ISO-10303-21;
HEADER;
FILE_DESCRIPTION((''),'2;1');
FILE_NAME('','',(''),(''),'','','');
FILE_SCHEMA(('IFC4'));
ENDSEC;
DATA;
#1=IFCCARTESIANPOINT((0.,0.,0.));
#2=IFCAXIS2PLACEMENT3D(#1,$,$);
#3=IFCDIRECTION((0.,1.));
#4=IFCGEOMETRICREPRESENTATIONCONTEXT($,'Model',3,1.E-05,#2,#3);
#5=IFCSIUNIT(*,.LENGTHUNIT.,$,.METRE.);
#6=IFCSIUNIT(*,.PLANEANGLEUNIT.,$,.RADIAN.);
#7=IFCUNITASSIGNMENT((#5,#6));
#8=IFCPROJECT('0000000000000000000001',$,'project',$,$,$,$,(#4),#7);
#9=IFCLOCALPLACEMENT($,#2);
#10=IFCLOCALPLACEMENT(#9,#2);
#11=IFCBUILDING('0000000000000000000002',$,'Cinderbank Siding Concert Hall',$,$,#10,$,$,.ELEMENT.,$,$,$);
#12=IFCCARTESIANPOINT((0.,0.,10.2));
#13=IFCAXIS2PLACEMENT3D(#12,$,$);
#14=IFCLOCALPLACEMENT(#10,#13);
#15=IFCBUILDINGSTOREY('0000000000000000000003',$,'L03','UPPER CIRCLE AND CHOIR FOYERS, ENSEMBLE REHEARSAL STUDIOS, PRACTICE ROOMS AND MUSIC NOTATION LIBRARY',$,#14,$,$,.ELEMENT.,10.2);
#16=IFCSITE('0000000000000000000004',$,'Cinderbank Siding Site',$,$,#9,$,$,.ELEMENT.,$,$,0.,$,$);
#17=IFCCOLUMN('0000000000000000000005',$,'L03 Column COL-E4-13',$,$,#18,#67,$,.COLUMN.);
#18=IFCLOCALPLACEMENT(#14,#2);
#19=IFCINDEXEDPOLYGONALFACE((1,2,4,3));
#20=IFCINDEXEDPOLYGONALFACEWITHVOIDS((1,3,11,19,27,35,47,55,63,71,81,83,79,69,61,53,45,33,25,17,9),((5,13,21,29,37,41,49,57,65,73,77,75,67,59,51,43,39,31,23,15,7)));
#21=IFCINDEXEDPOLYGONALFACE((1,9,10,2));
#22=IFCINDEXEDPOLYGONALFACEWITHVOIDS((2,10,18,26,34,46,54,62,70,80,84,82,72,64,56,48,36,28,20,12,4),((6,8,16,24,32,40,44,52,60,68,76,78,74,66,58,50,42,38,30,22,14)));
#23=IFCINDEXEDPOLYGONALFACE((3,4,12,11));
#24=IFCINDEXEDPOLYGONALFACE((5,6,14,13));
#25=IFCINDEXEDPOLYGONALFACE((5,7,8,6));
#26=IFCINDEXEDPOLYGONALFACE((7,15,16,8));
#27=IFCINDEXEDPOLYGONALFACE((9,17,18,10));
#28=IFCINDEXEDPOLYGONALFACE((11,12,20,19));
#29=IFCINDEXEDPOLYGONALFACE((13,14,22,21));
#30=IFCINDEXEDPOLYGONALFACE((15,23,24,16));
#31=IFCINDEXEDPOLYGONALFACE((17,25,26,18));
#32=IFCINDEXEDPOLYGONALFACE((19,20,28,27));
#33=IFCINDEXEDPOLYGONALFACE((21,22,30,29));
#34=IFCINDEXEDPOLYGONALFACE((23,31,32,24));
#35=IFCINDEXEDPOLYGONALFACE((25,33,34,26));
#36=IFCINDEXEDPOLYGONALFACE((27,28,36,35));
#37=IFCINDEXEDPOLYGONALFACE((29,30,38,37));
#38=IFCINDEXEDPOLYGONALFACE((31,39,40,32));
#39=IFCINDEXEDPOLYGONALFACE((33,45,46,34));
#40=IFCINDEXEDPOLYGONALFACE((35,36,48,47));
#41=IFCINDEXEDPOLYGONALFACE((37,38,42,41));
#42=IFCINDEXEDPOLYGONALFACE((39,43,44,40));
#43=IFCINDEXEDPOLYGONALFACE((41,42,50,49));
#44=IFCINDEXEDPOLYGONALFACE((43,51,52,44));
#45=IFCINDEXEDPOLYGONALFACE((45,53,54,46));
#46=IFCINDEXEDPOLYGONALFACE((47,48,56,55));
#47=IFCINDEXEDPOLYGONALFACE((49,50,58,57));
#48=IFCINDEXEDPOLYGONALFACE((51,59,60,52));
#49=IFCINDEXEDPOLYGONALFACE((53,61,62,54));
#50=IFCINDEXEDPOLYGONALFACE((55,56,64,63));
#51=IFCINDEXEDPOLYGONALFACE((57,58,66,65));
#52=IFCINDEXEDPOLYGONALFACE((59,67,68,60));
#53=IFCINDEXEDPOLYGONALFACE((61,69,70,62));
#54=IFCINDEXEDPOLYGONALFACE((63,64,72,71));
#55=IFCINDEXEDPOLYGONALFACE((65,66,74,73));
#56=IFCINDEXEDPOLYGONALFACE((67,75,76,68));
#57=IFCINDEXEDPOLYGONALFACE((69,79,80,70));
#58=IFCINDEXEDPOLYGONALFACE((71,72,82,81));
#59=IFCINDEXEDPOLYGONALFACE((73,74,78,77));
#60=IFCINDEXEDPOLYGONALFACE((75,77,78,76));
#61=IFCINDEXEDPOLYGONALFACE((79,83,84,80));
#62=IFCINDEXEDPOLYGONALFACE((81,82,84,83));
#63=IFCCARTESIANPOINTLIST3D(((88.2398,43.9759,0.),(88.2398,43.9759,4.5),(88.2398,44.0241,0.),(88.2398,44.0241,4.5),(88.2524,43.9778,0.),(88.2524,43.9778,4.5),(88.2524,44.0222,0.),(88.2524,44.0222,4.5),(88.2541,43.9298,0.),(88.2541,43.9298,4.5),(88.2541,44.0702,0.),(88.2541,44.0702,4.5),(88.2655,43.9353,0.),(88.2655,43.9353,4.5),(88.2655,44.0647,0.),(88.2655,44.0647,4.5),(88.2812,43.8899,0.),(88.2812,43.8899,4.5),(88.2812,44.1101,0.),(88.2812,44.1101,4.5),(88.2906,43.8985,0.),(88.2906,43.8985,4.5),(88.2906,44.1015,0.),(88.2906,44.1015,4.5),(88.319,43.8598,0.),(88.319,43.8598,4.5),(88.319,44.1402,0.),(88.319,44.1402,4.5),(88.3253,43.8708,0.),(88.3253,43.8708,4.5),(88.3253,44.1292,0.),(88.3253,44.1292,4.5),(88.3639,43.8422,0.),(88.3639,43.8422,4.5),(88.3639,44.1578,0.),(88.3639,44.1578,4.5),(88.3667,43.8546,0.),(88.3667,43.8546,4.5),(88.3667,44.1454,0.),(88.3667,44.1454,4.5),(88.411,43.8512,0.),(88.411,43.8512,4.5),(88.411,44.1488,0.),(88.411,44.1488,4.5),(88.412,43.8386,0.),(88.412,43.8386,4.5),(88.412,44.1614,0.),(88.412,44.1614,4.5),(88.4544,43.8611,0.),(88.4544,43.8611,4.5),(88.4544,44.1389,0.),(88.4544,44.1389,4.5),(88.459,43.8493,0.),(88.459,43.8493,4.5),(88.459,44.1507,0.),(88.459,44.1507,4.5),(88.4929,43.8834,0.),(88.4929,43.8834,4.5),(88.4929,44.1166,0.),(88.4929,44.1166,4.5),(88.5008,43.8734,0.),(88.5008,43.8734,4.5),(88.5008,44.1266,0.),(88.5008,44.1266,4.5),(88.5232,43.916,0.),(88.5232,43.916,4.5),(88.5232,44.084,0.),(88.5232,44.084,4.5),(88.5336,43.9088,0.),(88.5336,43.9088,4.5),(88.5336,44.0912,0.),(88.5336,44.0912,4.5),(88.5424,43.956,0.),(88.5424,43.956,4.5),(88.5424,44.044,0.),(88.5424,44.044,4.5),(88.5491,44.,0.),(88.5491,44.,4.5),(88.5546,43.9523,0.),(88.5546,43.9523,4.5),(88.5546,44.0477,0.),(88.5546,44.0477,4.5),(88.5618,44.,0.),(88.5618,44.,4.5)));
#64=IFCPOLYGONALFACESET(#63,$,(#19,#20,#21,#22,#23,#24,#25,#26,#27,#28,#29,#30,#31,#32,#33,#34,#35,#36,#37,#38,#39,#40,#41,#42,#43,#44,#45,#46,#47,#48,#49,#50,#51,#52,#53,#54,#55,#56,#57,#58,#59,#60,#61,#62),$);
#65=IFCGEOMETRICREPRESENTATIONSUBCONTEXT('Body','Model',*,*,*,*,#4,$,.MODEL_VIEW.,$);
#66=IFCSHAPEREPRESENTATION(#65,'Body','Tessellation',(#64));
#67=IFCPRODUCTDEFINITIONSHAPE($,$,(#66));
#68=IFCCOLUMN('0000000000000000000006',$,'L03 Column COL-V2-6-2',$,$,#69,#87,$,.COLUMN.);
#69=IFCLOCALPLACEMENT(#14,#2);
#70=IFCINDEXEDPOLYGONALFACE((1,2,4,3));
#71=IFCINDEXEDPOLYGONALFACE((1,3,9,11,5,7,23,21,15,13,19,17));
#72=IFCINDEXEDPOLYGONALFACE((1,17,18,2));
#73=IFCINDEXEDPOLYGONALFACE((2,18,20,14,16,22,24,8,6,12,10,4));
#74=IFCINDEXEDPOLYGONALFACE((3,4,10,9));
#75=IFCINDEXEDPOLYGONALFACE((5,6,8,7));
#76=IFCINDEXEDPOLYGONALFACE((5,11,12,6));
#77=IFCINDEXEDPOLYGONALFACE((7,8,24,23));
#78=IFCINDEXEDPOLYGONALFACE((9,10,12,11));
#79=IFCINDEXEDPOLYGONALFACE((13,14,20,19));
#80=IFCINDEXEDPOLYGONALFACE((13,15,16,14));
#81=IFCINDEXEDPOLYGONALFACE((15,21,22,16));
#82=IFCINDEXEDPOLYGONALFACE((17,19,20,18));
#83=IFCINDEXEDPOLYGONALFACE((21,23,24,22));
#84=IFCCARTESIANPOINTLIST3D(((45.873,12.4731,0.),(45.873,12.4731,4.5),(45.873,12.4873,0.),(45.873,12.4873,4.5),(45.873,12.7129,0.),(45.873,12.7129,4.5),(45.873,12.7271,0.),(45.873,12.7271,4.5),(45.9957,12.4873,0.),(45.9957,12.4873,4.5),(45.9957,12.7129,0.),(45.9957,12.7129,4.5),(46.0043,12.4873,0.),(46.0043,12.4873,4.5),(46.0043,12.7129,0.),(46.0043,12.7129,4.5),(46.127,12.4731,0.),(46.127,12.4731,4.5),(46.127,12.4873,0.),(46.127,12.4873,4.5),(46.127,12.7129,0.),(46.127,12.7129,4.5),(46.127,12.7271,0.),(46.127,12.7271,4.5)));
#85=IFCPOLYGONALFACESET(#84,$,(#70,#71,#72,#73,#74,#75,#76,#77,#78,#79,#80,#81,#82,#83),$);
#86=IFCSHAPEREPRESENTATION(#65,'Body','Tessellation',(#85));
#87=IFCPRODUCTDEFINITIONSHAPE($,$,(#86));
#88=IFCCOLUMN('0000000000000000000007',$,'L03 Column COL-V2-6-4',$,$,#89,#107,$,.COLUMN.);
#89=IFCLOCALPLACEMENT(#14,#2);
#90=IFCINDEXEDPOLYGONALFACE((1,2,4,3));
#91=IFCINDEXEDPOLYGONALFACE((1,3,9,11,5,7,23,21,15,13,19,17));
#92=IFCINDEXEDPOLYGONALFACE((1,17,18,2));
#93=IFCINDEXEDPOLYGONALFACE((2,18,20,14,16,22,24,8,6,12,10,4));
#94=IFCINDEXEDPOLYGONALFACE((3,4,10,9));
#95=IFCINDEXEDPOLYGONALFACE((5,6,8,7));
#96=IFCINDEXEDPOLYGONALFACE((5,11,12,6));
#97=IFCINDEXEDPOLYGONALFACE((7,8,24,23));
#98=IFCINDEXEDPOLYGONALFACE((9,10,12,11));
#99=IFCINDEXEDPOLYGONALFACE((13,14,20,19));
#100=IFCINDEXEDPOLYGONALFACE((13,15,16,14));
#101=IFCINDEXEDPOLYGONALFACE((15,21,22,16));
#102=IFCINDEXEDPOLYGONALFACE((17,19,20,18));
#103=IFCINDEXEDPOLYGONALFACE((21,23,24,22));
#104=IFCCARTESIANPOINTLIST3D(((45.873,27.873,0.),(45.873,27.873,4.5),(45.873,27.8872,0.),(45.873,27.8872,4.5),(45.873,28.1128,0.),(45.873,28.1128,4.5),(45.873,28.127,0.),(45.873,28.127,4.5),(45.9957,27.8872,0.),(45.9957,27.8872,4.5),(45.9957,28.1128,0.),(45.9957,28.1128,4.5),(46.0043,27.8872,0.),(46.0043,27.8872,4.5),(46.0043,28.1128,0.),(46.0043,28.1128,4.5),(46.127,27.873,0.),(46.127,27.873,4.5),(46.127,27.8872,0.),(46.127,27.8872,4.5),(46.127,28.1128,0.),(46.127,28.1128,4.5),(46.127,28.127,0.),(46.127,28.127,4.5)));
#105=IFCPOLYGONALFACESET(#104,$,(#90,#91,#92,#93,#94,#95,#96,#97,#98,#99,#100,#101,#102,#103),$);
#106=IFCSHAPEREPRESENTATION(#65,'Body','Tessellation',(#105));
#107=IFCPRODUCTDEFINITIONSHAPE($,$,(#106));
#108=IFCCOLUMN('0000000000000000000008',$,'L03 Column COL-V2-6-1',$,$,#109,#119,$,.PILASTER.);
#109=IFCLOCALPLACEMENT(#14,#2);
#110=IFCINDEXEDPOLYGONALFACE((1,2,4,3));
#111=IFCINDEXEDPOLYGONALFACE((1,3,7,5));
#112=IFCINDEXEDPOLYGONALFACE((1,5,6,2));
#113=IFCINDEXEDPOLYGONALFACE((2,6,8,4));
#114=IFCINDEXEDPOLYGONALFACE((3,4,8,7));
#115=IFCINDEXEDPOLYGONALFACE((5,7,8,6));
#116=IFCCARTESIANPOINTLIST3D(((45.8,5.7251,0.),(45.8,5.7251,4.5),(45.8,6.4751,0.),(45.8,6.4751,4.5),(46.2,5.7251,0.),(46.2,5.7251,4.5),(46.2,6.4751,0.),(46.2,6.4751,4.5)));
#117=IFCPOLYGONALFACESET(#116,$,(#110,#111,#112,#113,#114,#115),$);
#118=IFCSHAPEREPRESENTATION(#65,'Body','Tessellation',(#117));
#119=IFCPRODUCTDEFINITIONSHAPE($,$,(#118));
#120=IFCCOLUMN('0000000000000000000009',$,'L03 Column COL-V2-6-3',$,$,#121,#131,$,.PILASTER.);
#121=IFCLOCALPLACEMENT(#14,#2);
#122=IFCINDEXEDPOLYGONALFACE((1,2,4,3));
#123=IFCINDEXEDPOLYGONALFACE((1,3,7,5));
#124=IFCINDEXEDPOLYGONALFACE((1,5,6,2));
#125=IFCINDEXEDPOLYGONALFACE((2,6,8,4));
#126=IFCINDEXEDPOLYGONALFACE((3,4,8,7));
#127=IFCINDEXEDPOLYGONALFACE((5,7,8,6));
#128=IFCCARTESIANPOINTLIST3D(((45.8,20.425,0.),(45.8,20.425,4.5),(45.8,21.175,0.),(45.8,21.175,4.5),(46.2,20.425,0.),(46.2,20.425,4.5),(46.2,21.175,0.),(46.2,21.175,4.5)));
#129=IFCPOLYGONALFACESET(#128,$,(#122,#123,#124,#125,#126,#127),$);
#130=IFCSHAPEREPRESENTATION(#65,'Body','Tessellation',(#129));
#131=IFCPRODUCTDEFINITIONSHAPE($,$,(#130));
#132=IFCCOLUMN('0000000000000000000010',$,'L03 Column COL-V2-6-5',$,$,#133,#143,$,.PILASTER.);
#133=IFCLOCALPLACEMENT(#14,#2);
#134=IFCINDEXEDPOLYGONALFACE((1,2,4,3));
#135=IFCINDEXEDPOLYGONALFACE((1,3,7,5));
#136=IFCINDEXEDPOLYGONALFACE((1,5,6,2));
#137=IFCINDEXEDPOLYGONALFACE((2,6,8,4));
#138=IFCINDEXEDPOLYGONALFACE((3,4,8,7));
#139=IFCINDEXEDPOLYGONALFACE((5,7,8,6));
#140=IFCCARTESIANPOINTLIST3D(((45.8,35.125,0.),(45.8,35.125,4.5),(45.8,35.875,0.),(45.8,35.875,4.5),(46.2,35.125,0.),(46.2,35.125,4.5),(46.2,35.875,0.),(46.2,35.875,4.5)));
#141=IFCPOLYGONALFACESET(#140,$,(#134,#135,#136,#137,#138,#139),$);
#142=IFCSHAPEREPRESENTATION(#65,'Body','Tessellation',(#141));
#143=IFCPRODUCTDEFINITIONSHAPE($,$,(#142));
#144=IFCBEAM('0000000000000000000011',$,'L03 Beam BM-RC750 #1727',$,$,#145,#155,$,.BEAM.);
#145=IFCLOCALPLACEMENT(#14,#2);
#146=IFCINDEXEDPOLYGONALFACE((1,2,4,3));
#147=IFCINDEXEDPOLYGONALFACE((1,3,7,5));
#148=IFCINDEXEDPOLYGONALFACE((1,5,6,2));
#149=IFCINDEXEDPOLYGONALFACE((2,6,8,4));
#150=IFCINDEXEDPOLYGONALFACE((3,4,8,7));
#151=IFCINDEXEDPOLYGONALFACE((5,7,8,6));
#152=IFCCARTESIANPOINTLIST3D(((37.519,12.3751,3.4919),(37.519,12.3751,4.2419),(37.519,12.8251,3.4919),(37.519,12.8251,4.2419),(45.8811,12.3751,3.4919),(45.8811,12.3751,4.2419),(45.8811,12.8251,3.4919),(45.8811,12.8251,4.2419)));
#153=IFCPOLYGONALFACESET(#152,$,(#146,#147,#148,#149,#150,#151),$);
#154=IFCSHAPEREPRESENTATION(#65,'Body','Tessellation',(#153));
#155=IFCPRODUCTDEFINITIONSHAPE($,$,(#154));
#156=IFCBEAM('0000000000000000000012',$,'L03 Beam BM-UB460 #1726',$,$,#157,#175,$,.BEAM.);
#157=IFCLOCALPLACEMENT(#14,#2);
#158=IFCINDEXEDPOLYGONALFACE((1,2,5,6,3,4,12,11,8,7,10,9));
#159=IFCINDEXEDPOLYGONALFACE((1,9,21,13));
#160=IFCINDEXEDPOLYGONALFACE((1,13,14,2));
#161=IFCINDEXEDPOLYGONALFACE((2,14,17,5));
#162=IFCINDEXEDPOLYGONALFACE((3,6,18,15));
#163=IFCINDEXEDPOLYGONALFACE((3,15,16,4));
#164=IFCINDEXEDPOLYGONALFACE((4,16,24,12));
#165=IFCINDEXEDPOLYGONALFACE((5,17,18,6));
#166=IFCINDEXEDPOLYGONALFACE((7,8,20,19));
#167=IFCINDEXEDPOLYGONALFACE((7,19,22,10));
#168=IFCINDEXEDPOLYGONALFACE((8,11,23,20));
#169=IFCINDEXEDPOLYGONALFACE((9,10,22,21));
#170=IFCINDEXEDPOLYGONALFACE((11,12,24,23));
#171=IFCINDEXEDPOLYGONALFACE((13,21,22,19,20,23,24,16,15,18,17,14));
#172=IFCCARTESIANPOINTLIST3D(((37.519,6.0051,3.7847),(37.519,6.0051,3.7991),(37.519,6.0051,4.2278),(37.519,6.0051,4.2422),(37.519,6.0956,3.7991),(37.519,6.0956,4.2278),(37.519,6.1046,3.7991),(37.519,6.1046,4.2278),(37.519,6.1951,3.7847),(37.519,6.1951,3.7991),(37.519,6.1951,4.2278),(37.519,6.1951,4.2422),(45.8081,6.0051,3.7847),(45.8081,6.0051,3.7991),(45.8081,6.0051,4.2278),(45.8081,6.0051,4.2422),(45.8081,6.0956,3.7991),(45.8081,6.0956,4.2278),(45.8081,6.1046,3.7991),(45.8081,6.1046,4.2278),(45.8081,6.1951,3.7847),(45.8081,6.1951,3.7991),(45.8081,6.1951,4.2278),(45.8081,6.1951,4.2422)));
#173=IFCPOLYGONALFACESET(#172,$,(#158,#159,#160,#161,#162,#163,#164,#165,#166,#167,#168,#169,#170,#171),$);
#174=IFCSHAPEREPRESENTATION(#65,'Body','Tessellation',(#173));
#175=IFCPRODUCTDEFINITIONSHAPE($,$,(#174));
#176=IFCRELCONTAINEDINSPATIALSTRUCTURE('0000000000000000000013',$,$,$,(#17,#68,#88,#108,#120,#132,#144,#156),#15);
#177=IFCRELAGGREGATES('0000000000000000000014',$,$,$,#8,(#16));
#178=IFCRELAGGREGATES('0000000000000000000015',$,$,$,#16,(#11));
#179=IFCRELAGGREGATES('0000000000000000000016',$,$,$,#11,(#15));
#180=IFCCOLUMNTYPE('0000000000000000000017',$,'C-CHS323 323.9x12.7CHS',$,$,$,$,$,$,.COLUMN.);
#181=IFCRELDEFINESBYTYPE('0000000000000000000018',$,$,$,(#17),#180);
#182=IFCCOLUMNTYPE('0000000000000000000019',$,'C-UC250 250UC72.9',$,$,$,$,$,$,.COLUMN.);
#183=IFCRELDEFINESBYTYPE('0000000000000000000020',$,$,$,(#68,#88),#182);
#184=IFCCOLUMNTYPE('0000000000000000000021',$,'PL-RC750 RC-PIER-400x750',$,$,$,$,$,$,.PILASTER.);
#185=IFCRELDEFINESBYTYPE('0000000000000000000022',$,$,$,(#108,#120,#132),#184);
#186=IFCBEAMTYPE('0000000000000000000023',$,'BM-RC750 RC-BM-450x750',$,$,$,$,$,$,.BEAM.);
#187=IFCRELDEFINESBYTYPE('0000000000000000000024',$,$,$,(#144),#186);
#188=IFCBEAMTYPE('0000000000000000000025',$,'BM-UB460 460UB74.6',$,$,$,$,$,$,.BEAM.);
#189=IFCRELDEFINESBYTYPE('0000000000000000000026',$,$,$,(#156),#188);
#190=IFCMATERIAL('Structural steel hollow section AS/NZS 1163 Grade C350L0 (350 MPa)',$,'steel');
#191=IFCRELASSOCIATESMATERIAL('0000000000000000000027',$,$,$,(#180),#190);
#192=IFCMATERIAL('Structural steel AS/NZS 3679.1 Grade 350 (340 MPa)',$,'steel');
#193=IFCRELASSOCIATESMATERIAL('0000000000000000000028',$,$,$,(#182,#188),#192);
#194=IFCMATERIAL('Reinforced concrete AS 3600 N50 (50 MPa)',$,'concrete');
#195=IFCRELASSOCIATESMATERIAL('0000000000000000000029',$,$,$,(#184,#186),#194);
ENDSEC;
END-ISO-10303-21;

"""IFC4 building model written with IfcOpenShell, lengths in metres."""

from ifc_helpers import new_model, si_unit, direction, frame, origin, origin_2d, place, context, subcontext, project, spatial, rectangle, hollow_circle, i_section, extrude, material, material_profile, profile_set, type_object, element, save


model = new_model("IFC4")

# Units and contexts
model_context = context("Model", 3, precision=1e-05, world=origin(), true_north=direction((0.0, 1.0)))
body_context = subcontext(model_context, "Body", "Model", "MODEL_VIEW")
ifc_project = project(units=[si_unit("LENGTHUNIT", "METRE"), si_unit("PLANEANGLEUNIT", "RADIAN")], contexts=[model_context])

# Site, building, storey
site_placement = place(None, origin())
site = spatial("IfcSite", under=ifc_project, at=site_placement, Name="Cinderbank Siding Site", CompositionType="ELEMENT", RefElevation=0.0)
building_placement = place(site_placement, origin())
building = spatial("IfcBuilding", under=site, at=building_placement, Name="Cinderbank Siding Concert Hall", CompositionType="ELEMENT")
storey_placement = place(building_placement, frame((0.0, 0.0, 10.2)))
storey = spatial("IfcBuildingStorey", under=building, at=storey_placement, Name="L03", Description="UPPER CIRCLE AND CHOIR FOYERS, ENSEMBLE REHEARSAL STUDIOS, PRACTICE ROOMS AND MUSIC NOTATION LIBRARY", CompositionType="ELEMENT", Elevation=10.2)

# Columns
ifc_material_1 = material(Name="Structural steel hollow section AS/NZS 1163 Grade C350L0 (350 MPa)", Category="steel")
ifc_material_profile_1 = material_profile(ifc_material_1, hollow_circle(Radius=0.1619, WallThickness=0.0127, at=origin_2d()), Name="323.9x12.7CHS", Category="LoadBearing")
ifc_profile_set_1 = profile_set([ifc_material_profile_1], Name="Structural steel hollow section AS/NZS 1163 Grade C350L0 (350 MPa)")
column_type_1 = type_object("IfcColumnType", Name="C-CHS323 323.9x12.7CHS", PredefinedType="COLUMN", material=ifc_profile_set_1)
column_placement = place(storey_placement, frame((88.3999, 44.0, 0.0), z_axis=(0.0, 0.0, 1.0), x_axis=(1.0, 0.0, 0.0)))
element("IfcColumn", 1, at=column_placement, inside=storey, type_object=column_type_1, Name="L03 Column COL-E4-13", PredefinedType="COLUMN", context=body_context, shape_type="SweptSolid", body=[
    extrude(hollow_circle(Radius=0.1619, WallThickness=0.0127, at=origin_2d()), origin(), (0.0, 0.0, 1.0), 4.5),
])
ifc_material_2 = material(Name="Structural steel AS/NZS 3679.1 Grade 350 (340 MPa)", Category="steel")
ifc_material_profile_2 = material_profile(ifc_material_2, i_section(OverallWidth=0.2539, OverallDepth=0.2539, WebThickness=0.0085, FlangeThickness=0.0142, at=origin_2d()), Name="250UC72.9", Category="LoadBearing")
ifc_profile_set_2 = profile_set([ifc_material_profile_2], Name="Structural steel AS/NZS 3679.1 Grade 350 (340 MPa)")
column_type_2 = type_object("IfcColumnType", Name="C-UC250 250UC72.9", PredefinedType="COLUMN", material=ifc_profile_set_2)
for number, where, z_axis, x_axis, name in (
    (2, (46.0, 12.6001, 0.0), (0.0, 0.0, 1.0), (1.0, 0.0, 0.0), "L03 Column COL-V2-6-2"),
    (3, (46.0, 28.0, 0.0), (0.0, 0.0, 1.0), (1.0, 0.0, 0.0), "L03 Column COL-V2-6-4"),
):
    element("IfcColumn", number, at=place(storey_placement, frame(where, z_axis=z_axis, x_axis=x_axis)), inside=storey, type_object=column_type_2, Name=name, PredefinedType="COLUMN", context=body_context, shape_type="SweptSolid", body=[
        extrude(i_section(OverallWidth=0.2539, OverallDepth=0.2539, WebThickness=0.0085, FlangeThickness=0.0142, at=origin_2d()), origin(), (0.0, 0.0, 1.0), 4.5),
    ])
ifc_material_3 = material(Name="Reinforced concrete AS 3600 N50 (50 MPa)", Category="concrete")
ifc_material_profile_3 = material_profile(ifc_material_3, rectangle(XDim=0.3999, YDim=0.75, at=origin_2d()), Name="RC-PIER-400x750", Category="LoadBearing")
ifc_profile_set_3 = profile_set([ifc_material_profile_3], Name="Reinforced concrete AS 3600 N50 (50 MPa)")
column_type_3 = type_object("IfcColumnType", Name="PL-RC750 RC-PIER-400x750", PredefinedType="PILASTER", material=ifc_profile_set_3)
for number, where, z_axis, x_axis, name in (
    (4, (46.0, 6.1001, 0.0), (0.0, 0.0, 1.0), (1.0, 0.0, 0.0), "L03 Column COL-V2-6-1"),
    (5, (46.0, 20.8, 0.0), (0.0, 0.0, 1.0), (1.0, 0.0, 0.0), "L03 Column COL-V2-6-3"),
    (6, (46.0, 35.5, 0.0), (0.0, 0.0, 1.0), (1.0, 0.0, 0.0), "L03 Column COL-V2-6-5"),
):
    element("IfcColumn", number, at=place(storey_placement, frame(where, z_axis=z_axis, x_axis=x_axis)), inside=storey, type_object=column_type_3, Name=name, PredefinedType="PILASTER", context=body_context, shape_type="SweptSolid", body=[
        extrude(rectangle(XDim=0.3999, YDim=0.75, at=origin_2d()), origin(), (0.0, 0.0, 1.0), 4.5),
    ])

# Beams
ifc_material_profile_4 = material_profile(ifc_material_3, rectangle(XDim=0.45, YDim=0.75, at=origin_2d()), Name="RC-BM-450x750", Category="LoadBearing")
ifc_profile_set_4 = profile_set([ifc_material_profile_4], Name="Reinforced concrete AS 3600 N50 (50 MPa)")
beam_type_1 = type_object("IfcBeamType", Name="BM-RC750 RC-BM-450x750", PredefinedType="BEAM", material=ifc_profile_set_4)
beam_1_placement = place(storey_placement, frame((37.519, 12.6001, 3.8669), z_axis=(1.0, 0.0, 0.0), x_axis=(0.0, 1.0, 0.0)))
element("IfcBeam", 7, at=beam_1_placement, inside=storey, type_object=beam_type_1, Name="L03 Beam BM-RC750 #1727", PredefinedType="BEAM", context=body_context, shape_type="SweptSolid", body=[
    extrude(rectangle(XDim=0.45, YDim=0.75, at=origin_2d()), origin(), (0.0, 0.0, 1.0), 8.3621),
])
ifc_material_profile_5 = material_profile(ifc_material_2, i_section(OverallWidth=0.1899, OverallDepth=0.4575, WebThickness=0.009, FlangeThickness=0.0144, at=origin_2d()), Name="460UB74.6", Category="LoadBearing")
ifc_profile_set_5 = profile_set([ifc_material_profile_5], Name="Structural steel AS/NZS 3679.1 Grade 350 (340 MPa)")
beam_type_2 = type_object("IfcBeamType", Name="BM-UB460 460UB74.6", PredefinedType="BEAM", material=ifc_profile_set_5)
beam_2_placement = place(storey_placement, frame((37.519, 6.1001, 4.0134), z_axis=(1.0, 0.0, 0.0), x_axis=(0.0, 1.0, 0.0)))
element("IfcBeam", 8, at=beam_2_placement, inside=storey, type_object=beam_type_2, Name="L03 Beam BM-UB460 #1726", PredefinedType="BEAM", context=body_context, shape_type="SweptSolid", body=[
    extrude(i_section(OverallWidth=0.1899, OverallDepth=0.4575, WebThickness=0.009, FlangeThickness=0.0144, at=origin_2d()), origin(), (0.0, 0.0, 1.0), 8.2891),
])

save(model, "model.ifc")
